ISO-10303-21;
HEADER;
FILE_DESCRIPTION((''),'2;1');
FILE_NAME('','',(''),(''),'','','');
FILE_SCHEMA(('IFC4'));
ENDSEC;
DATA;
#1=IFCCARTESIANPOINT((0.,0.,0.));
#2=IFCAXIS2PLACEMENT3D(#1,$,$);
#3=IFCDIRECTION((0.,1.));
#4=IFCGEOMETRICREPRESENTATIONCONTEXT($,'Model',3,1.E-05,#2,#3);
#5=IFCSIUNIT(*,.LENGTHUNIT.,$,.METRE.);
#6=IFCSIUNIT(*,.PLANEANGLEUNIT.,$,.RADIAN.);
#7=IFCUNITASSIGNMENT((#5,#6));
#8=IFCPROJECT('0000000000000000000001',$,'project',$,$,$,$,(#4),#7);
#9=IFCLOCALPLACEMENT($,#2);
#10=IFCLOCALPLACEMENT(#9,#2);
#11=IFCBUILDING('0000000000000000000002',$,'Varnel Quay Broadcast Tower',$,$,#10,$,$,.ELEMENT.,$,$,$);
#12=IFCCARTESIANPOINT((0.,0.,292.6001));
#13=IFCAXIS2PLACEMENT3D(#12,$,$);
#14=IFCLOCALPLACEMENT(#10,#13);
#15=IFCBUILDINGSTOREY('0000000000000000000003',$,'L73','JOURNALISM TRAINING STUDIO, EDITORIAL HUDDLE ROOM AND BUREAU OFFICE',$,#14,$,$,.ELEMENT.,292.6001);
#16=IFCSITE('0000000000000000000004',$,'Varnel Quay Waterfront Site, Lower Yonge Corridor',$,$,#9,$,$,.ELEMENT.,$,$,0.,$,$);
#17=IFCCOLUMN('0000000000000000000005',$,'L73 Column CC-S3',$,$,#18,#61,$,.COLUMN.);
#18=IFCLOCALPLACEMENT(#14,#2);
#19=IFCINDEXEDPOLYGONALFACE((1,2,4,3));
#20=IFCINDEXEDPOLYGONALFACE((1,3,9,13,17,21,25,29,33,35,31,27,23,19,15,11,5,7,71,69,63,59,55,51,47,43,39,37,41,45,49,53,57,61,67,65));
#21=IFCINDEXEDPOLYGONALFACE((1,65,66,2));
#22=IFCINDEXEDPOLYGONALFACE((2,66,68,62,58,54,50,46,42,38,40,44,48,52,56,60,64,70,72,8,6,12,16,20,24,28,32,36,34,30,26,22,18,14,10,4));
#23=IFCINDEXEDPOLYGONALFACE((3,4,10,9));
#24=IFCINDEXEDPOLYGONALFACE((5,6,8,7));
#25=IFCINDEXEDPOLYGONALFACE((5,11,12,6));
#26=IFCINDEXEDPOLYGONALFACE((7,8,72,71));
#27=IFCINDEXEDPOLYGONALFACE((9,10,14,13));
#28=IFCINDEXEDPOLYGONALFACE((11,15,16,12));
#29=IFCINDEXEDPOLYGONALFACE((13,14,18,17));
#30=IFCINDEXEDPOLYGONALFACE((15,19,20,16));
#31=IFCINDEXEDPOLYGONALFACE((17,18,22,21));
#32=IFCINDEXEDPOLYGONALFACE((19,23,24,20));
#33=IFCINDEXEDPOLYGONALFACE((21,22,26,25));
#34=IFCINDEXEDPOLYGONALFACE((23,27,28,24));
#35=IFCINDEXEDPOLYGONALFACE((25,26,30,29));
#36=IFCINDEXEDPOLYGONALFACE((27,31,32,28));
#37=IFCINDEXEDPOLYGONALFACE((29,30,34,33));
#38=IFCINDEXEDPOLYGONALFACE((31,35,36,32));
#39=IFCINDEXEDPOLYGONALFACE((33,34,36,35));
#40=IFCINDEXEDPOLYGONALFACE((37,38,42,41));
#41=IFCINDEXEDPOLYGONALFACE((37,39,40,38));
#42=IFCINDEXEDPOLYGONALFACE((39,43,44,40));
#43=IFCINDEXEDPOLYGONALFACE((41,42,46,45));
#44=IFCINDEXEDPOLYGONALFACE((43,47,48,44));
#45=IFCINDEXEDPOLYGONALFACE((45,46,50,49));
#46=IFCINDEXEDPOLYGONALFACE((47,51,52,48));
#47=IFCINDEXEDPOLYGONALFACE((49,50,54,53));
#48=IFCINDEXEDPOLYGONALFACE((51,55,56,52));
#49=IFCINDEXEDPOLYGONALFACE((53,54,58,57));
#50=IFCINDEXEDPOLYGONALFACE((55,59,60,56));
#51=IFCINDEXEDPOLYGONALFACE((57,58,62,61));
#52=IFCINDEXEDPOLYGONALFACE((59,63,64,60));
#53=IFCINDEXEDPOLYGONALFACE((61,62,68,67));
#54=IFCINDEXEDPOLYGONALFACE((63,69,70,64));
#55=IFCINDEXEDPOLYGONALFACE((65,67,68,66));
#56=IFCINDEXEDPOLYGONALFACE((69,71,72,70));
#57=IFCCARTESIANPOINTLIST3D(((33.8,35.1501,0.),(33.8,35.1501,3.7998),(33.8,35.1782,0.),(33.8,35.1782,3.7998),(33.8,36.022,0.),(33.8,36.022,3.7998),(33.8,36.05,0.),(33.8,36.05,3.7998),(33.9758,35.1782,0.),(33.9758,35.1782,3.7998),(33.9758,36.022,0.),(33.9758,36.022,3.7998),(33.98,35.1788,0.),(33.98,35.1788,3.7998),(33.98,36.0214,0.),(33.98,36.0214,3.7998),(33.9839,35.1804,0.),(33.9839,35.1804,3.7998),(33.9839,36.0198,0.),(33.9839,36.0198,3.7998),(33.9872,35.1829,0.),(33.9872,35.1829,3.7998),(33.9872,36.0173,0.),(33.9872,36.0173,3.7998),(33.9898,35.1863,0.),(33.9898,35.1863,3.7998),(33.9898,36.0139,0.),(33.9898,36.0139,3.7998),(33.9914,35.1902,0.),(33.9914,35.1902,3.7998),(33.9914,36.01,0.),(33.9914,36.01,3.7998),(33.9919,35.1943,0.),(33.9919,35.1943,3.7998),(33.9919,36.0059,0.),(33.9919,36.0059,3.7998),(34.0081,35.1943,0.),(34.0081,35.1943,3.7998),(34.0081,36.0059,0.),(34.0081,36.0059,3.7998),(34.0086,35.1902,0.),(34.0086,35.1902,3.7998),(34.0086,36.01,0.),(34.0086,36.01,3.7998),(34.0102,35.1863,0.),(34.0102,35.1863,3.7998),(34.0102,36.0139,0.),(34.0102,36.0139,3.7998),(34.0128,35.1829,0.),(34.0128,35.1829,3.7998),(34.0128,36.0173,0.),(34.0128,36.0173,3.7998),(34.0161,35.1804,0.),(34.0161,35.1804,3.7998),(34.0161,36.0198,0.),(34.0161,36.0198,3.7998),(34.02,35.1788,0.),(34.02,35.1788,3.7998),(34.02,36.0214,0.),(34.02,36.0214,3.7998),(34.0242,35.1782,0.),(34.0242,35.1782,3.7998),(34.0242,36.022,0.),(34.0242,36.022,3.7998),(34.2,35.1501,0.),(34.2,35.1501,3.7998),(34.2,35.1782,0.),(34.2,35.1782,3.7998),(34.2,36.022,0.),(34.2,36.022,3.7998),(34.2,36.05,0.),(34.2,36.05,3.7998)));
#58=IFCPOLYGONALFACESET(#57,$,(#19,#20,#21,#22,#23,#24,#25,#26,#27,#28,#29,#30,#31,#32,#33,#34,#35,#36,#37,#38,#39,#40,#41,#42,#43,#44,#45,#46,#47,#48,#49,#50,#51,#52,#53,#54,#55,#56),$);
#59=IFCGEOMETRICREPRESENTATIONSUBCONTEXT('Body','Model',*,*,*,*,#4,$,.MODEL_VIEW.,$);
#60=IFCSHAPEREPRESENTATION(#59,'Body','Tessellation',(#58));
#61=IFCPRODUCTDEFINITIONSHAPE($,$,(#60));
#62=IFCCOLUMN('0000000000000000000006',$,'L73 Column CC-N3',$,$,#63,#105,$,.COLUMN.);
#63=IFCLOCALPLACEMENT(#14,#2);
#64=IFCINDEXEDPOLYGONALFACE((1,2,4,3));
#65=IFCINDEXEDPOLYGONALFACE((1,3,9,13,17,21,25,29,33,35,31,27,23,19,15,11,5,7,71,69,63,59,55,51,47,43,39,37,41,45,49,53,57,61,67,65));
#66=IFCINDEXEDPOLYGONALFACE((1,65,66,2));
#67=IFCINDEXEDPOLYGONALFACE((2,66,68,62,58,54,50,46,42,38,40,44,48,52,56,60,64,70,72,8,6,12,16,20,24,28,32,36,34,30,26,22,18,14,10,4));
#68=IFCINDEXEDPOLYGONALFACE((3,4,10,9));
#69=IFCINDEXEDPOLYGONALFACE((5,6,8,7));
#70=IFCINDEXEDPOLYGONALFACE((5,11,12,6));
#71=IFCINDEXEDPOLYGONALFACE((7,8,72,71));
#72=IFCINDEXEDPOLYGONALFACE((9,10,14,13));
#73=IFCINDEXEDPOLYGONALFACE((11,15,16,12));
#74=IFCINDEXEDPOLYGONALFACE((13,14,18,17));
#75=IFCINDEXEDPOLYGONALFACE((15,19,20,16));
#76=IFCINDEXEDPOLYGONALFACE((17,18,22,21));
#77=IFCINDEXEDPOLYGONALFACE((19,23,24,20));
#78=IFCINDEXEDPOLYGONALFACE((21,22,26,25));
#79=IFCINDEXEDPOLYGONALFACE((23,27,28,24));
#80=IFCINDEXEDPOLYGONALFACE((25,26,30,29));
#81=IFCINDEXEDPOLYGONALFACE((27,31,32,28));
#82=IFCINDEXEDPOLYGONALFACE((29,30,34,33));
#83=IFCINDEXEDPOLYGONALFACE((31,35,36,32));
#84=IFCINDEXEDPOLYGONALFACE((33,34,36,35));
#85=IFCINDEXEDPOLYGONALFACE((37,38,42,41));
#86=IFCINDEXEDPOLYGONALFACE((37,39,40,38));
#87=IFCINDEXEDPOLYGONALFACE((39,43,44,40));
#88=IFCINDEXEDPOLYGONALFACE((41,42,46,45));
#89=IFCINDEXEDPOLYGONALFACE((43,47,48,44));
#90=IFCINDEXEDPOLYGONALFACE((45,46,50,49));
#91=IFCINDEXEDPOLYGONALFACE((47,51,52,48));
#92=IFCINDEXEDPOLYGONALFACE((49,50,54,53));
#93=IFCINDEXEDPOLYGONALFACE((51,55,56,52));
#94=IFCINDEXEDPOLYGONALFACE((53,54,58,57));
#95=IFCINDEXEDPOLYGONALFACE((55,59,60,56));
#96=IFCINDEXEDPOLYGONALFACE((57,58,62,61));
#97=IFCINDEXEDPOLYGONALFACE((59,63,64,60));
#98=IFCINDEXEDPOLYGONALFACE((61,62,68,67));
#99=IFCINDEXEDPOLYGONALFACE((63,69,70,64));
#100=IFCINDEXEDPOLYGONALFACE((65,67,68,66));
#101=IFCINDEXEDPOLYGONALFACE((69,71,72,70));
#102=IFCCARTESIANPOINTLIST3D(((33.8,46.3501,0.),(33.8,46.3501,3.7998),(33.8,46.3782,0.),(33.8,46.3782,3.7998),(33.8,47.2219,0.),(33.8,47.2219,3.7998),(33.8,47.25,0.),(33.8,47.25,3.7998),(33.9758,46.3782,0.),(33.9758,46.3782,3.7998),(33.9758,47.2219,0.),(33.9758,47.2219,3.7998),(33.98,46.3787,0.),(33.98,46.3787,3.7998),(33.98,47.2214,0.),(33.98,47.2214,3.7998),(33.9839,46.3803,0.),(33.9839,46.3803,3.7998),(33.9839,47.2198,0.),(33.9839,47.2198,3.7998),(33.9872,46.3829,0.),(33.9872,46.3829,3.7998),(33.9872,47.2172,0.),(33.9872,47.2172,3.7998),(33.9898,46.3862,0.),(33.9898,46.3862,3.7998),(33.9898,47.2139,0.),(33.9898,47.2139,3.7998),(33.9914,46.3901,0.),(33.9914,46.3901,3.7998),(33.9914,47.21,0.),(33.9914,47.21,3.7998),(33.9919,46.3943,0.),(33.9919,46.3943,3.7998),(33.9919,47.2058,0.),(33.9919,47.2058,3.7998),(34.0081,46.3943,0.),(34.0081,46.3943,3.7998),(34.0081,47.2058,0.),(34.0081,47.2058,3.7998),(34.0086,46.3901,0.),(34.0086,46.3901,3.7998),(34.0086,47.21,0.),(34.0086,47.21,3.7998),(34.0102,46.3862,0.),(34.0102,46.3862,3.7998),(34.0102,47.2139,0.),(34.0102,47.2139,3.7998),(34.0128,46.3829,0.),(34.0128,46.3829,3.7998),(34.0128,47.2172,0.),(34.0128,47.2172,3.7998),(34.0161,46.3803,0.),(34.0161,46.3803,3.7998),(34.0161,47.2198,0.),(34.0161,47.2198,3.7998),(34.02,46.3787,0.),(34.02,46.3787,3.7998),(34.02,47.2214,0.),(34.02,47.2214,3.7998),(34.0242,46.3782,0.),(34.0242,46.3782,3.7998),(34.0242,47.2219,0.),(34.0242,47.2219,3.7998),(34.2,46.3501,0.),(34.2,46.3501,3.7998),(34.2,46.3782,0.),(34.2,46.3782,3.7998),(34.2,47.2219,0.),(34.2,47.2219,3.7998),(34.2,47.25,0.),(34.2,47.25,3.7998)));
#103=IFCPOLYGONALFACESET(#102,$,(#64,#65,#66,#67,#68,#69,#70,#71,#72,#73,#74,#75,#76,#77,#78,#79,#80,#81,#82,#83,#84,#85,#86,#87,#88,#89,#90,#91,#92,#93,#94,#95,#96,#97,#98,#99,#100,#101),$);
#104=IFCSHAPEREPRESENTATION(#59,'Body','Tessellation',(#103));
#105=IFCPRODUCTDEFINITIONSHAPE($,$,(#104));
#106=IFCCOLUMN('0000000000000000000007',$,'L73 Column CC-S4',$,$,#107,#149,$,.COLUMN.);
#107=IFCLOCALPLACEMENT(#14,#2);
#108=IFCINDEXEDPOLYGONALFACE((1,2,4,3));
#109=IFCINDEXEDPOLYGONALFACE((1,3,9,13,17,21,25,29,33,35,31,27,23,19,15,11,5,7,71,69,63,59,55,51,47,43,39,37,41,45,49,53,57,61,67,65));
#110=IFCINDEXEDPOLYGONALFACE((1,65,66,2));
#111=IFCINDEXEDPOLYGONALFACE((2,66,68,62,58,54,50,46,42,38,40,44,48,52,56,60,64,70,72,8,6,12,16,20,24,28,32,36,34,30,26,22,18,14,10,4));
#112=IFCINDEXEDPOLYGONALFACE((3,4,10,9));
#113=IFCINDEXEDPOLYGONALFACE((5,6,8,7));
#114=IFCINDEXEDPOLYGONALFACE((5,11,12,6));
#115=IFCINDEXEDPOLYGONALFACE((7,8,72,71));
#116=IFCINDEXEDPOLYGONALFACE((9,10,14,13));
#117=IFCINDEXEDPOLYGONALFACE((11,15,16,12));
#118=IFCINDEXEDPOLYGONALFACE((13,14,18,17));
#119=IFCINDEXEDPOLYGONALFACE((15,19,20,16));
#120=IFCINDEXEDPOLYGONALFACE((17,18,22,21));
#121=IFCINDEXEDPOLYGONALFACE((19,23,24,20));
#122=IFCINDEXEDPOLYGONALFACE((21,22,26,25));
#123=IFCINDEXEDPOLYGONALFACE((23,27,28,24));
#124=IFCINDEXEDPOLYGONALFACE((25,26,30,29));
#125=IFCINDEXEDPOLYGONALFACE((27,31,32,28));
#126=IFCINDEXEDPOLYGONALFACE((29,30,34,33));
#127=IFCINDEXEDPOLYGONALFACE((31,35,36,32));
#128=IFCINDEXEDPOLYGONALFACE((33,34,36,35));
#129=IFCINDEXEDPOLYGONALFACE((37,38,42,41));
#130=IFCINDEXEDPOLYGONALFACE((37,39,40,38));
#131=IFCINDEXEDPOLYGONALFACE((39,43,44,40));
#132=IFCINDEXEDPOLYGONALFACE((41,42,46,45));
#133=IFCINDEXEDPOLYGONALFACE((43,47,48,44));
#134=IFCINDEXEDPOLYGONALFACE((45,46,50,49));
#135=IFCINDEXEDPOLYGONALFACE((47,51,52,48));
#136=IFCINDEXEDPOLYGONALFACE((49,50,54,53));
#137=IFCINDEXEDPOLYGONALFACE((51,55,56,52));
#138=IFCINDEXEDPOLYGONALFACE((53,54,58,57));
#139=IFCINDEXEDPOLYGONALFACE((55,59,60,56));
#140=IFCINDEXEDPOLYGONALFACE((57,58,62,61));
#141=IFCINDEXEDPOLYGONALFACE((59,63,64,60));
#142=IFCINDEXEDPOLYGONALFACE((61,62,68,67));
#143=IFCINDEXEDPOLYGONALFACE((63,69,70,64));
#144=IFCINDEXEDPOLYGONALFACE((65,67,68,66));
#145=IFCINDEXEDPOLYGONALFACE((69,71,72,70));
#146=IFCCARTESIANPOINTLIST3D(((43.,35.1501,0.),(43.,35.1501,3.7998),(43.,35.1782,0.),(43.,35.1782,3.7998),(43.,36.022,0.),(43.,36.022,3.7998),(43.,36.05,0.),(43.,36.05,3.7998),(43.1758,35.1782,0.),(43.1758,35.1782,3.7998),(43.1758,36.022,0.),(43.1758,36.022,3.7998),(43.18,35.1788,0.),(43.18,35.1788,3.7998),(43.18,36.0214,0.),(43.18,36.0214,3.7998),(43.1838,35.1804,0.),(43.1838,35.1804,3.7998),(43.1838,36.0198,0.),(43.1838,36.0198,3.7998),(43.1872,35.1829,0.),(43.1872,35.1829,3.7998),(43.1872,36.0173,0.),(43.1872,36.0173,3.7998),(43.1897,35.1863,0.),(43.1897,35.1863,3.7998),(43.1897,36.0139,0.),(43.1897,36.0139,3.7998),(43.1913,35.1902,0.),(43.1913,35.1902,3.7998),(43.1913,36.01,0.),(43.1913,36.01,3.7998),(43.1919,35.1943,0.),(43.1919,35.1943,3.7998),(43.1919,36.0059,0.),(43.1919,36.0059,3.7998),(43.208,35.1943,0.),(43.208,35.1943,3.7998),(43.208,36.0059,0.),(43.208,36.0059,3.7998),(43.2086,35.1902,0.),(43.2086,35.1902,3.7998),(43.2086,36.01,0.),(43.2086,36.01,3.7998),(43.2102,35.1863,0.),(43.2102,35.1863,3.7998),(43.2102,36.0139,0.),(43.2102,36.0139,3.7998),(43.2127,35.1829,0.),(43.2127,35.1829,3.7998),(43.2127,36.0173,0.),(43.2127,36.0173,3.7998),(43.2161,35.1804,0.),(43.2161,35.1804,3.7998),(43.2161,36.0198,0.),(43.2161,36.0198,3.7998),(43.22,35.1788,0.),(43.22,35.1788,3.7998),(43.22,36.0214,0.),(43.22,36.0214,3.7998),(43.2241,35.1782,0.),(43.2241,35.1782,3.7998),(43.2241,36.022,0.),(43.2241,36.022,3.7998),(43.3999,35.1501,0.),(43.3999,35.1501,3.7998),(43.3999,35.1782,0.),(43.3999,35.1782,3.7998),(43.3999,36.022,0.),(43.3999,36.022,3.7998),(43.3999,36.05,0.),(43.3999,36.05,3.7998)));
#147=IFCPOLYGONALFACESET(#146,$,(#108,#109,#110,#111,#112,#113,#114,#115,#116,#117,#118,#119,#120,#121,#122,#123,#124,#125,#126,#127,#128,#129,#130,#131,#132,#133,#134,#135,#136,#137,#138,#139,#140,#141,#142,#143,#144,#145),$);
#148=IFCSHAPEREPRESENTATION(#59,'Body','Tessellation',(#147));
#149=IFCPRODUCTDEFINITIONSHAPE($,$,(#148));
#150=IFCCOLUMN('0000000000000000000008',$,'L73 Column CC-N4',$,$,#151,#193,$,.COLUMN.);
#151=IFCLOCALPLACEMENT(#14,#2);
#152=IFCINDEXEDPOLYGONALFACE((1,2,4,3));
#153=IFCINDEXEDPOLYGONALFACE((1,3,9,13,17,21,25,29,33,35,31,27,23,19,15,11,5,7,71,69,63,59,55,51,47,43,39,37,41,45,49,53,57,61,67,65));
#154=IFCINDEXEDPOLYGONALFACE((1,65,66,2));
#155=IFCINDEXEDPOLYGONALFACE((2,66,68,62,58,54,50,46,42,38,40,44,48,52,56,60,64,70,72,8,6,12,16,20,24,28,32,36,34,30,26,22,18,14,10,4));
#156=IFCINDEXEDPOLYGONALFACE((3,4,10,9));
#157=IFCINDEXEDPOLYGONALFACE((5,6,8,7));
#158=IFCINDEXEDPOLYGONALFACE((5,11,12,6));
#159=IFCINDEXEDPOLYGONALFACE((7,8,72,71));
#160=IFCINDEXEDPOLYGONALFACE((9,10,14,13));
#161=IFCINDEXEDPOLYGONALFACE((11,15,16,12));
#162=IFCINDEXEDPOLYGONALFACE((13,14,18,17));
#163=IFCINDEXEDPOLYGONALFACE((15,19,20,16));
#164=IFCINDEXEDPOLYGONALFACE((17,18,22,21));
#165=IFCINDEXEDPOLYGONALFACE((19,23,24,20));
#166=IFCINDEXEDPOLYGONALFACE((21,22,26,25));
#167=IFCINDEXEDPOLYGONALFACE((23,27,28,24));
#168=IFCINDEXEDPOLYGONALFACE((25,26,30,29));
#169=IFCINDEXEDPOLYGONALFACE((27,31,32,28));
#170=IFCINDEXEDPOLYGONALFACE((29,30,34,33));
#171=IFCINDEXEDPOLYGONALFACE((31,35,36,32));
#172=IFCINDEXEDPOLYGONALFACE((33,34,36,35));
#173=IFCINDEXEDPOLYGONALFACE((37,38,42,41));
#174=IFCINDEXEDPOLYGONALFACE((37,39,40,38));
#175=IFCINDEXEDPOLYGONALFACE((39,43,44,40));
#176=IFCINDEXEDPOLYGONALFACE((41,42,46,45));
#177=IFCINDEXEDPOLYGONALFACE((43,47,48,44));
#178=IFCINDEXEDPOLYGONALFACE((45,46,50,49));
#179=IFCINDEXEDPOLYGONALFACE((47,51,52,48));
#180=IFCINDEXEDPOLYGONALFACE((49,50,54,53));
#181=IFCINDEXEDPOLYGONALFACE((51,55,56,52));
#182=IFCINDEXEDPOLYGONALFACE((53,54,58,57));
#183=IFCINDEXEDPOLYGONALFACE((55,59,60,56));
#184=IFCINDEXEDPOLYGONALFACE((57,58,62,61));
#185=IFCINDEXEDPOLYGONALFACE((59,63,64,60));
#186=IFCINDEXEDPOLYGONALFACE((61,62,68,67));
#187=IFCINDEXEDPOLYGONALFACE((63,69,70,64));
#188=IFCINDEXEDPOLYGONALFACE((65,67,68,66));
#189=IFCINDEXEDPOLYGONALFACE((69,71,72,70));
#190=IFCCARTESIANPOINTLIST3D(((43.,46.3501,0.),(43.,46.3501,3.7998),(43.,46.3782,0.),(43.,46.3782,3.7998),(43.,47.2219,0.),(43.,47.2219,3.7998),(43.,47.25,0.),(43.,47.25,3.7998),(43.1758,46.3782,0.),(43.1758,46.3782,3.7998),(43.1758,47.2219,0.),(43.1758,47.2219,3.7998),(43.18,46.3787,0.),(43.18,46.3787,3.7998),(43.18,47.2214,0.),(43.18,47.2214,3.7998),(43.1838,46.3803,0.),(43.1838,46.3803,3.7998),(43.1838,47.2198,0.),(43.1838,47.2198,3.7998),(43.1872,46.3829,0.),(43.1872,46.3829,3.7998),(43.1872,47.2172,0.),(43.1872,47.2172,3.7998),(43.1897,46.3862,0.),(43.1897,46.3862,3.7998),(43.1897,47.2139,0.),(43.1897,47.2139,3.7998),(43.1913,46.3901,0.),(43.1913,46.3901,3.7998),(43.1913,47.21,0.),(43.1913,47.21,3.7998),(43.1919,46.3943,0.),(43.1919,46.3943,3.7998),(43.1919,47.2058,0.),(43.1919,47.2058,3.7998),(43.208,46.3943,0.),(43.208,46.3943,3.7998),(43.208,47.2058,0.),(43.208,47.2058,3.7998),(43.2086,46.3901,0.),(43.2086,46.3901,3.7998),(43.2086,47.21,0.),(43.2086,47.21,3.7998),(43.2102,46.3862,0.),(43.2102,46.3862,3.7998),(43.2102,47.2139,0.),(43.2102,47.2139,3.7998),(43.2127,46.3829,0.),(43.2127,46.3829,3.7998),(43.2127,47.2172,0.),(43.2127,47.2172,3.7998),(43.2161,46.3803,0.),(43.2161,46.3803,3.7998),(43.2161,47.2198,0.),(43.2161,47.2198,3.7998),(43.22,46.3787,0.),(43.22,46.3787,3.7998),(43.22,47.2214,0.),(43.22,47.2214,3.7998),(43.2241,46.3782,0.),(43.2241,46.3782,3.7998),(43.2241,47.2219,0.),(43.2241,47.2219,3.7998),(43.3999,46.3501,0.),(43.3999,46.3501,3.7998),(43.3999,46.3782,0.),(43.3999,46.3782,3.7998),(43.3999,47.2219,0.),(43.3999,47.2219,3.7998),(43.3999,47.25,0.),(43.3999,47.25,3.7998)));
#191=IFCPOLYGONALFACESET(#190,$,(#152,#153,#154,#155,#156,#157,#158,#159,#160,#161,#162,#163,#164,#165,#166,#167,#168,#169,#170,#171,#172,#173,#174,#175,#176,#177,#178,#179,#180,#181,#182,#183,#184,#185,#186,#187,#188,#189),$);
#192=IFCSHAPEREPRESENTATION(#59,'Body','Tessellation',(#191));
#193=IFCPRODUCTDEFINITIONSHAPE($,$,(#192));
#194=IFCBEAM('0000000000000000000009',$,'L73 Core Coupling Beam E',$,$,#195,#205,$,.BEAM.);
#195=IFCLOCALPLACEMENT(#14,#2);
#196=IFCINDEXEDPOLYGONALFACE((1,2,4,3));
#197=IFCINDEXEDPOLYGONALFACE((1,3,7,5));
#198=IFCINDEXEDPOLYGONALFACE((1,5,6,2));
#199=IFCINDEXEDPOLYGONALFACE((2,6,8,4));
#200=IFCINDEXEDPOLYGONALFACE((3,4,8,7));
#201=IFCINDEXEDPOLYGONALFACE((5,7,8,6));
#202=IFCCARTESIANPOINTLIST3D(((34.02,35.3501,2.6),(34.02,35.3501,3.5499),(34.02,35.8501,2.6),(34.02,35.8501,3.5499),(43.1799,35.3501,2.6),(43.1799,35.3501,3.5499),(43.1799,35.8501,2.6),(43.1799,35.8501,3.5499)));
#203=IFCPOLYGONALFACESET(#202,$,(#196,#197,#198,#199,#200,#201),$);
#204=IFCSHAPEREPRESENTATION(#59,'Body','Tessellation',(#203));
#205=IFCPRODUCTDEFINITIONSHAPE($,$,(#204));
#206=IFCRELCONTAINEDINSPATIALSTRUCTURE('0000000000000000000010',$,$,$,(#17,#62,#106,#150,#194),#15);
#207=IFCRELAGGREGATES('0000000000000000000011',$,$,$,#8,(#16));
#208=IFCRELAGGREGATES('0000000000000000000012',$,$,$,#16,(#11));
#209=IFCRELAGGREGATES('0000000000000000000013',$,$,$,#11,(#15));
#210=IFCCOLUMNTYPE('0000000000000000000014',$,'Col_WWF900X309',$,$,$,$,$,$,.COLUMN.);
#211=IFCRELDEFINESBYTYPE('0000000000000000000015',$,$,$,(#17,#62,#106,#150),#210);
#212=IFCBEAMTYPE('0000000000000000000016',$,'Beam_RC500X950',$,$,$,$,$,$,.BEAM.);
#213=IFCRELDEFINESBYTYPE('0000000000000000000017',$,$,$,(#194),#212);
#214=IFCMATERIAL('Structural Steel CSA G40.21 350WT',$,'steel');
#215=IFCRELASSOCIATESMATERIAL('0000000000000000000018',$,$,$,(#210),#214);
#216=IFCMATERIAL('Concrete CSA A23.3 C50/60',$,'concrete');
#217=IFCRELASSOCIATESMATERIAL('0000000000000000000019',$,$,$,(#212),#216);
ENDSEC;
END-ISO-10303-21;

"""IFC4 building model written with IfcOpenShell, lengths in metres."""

from ifc_helpers import new_model, si_unit, direction, frame, origin, origin_2d, place, context, subcontext, project, spatial, rectangle, i_section, extrude, source, transform, mapped, material, material_profile, profile_set, type_object, type_shapes, element, save


model = new_model("IFC4")

# Units and contexts
model_context = context("Model", 3, precision=1e-05, world=origin(), true_north=direction((0.0, 1.0)))
body_context = subcontext(model_context, "Body", "Model", "MODEL_VIEW")
ifc_project = project(units=[si_unit("LENGTHUNIT", "METRE"), si_unit("PLANEANGLEUNIT", "RADIAN")], contexts=[model_context])

# Site, building, storey
site_placement = place(None, origin())
site = spatial("IfcSite", under=ifc_project, at=site_placement, Name="Varnel Quay Waterfront Site, Lower Yonge Corridor", CompositionType="ELEMENT", RefElevation=0.0)
building_placement = place(site_placement, origin())
building = spatial("IfcBuilding", under=site, at=building_placement, Name="Varnel Quay Broadcast Tower", CompositionType="ELEMENT")
storey_placement = place(building_placement, frame((0.0, 0.0, 292.6001)))
storey = spatial("IfcBuildingStorey", under=building, at=storey_placement, Name="L73", Description="JOURNALISM TRAINING STUDIO, EDITORIAL HUDDLE ROOM AND BUREAU OFFICE", CompositionType="ELEMENT", Elevation=292.6001)

# Columns
ifc_material_1 = material(Name="Structural Steel CSA G40.21 350WT", Category="steel")
ifc_material_profile_1 = material_profile(ifc_material_1, i_section(OverallWidth=0.3999, OverallDepth=0.8999, WebThickness=0.0161, FlangeThickness=0.0281, FilletRadius=0.0161, at=origin_2d()), Name="WWF900X309")
ifc_profile_set_1 = profile_set([ifc_material_profile_1], Name="Structural Steel CSA G40.21 350WT")
column_type = type_object("IfcColumnType", Name="Col_WWF900X309", PredefinedType="COLUMN", material=ifc_profile_set_1)
shared_shape_1 = source(origin(), body_context, "Body", "SweptSolid", [
    extrude(i_section(OverallWidth=0.3999, OverallDepth=0.8999, WebThickness=0.0161, FlangeThickness=0.0281, FilletRadius=0.0161, at=origin_2d()), origin(), (0.0, 0.0, 1.0), 3.7998),
])
type_shapes(column_type, [shared_shape_1])
for number, where, z_axis, x_axis, name in (
    (1, (34.0, 35.6001, 0.0), (0.0, 0.0, 1.0), (1.0, 0.0, 0.0), "L73 Column CC-S3"),
    (2, (34.0, 46.8, 0.0), (0.0, 0.0, 1.0), (1.0, 0.0, 0.0), "L73 Column CC-N3"),
    (3, (43.2, 35.6001, 0.0), (0.0, 0.0, 1.0), (1.0, 0.0, 0.0), "L73 Column CC-S4"),
    (4, (43.2, 46.8, 0.0), (0.0, 0.0, 1.0), (1.0, 0.0, 0.0), "L73 Column CC-N4"),
):
    element("IfcColumn", number, at=place(storey_placement, frame(where, z_axis=z_axis, x_axis=x_axis)), inside=storey, type_object=column_type, Name=name, PredefinedType="COLUMN", context=body_context, shape_type="MappedRepresentation", body=[
        mapped(shared_shape_1, transform((0.0, 0.0, 0.0), x_axis=(1.0, 0.0, 0.0), y_axis=(0.0, 1.0, 0.0), z_axis=(0.0, 0.0, 1.0), scale=1.0)),
    ])

# Beam
ifc_material_2 = material(Name="Concrete CSA A23.3 C50/60", Category="concrete")
ifc_material_profile_2 = material_profile(ifc_material_2, rectangle(XDim=0.5, YDim=0.95, at=origin_2d()), Name="RC500X950")
ifc_profile_set_2 = profile_set([ifc_material_profile_2], Name="Concrete CSA A23.3 C50/60")
beam_type = type_object("IfcBeamType", Name="Beam_RC500X950", PredefinedType="BEAM", material=ifc_profile_set_2)
shared_shape_2 = source(origin(), body_context, "Body", "SweptSolid", [
    extrude(rectangle(XDim=0.5, YDim=0.95, at=origin_2d()), origin(), (0.0, 0.0, 1.0), 9.1599),
])
type_shapes(beam_type, [shared_shape_2])
beam_placement = place(storey_placement, frame((34.02, 35.6001, 3.075), z_axis=(1.0, 0.0, 0.0), x_axis=(0.0, 1.0, 0.0)))
element("IfcBeam", 5, at=beam_placement, inside=storey, type_object=beam_type, Name="L73 Core Coupling Beam E", PredefinedType="BEAM", context=body_context, shape_type="MappedRepresentation", body=[
    mapped(shared_shape_2, transform((0.0, 0.0, 0.0), x_axis=(1.0, 0.0, 0.0), y_axis=(0.0, 1.0, 0.0), z_axis=(0.0, 0.0, 1.0), scale=1.0)),
])

save(model, "model.ifc")
